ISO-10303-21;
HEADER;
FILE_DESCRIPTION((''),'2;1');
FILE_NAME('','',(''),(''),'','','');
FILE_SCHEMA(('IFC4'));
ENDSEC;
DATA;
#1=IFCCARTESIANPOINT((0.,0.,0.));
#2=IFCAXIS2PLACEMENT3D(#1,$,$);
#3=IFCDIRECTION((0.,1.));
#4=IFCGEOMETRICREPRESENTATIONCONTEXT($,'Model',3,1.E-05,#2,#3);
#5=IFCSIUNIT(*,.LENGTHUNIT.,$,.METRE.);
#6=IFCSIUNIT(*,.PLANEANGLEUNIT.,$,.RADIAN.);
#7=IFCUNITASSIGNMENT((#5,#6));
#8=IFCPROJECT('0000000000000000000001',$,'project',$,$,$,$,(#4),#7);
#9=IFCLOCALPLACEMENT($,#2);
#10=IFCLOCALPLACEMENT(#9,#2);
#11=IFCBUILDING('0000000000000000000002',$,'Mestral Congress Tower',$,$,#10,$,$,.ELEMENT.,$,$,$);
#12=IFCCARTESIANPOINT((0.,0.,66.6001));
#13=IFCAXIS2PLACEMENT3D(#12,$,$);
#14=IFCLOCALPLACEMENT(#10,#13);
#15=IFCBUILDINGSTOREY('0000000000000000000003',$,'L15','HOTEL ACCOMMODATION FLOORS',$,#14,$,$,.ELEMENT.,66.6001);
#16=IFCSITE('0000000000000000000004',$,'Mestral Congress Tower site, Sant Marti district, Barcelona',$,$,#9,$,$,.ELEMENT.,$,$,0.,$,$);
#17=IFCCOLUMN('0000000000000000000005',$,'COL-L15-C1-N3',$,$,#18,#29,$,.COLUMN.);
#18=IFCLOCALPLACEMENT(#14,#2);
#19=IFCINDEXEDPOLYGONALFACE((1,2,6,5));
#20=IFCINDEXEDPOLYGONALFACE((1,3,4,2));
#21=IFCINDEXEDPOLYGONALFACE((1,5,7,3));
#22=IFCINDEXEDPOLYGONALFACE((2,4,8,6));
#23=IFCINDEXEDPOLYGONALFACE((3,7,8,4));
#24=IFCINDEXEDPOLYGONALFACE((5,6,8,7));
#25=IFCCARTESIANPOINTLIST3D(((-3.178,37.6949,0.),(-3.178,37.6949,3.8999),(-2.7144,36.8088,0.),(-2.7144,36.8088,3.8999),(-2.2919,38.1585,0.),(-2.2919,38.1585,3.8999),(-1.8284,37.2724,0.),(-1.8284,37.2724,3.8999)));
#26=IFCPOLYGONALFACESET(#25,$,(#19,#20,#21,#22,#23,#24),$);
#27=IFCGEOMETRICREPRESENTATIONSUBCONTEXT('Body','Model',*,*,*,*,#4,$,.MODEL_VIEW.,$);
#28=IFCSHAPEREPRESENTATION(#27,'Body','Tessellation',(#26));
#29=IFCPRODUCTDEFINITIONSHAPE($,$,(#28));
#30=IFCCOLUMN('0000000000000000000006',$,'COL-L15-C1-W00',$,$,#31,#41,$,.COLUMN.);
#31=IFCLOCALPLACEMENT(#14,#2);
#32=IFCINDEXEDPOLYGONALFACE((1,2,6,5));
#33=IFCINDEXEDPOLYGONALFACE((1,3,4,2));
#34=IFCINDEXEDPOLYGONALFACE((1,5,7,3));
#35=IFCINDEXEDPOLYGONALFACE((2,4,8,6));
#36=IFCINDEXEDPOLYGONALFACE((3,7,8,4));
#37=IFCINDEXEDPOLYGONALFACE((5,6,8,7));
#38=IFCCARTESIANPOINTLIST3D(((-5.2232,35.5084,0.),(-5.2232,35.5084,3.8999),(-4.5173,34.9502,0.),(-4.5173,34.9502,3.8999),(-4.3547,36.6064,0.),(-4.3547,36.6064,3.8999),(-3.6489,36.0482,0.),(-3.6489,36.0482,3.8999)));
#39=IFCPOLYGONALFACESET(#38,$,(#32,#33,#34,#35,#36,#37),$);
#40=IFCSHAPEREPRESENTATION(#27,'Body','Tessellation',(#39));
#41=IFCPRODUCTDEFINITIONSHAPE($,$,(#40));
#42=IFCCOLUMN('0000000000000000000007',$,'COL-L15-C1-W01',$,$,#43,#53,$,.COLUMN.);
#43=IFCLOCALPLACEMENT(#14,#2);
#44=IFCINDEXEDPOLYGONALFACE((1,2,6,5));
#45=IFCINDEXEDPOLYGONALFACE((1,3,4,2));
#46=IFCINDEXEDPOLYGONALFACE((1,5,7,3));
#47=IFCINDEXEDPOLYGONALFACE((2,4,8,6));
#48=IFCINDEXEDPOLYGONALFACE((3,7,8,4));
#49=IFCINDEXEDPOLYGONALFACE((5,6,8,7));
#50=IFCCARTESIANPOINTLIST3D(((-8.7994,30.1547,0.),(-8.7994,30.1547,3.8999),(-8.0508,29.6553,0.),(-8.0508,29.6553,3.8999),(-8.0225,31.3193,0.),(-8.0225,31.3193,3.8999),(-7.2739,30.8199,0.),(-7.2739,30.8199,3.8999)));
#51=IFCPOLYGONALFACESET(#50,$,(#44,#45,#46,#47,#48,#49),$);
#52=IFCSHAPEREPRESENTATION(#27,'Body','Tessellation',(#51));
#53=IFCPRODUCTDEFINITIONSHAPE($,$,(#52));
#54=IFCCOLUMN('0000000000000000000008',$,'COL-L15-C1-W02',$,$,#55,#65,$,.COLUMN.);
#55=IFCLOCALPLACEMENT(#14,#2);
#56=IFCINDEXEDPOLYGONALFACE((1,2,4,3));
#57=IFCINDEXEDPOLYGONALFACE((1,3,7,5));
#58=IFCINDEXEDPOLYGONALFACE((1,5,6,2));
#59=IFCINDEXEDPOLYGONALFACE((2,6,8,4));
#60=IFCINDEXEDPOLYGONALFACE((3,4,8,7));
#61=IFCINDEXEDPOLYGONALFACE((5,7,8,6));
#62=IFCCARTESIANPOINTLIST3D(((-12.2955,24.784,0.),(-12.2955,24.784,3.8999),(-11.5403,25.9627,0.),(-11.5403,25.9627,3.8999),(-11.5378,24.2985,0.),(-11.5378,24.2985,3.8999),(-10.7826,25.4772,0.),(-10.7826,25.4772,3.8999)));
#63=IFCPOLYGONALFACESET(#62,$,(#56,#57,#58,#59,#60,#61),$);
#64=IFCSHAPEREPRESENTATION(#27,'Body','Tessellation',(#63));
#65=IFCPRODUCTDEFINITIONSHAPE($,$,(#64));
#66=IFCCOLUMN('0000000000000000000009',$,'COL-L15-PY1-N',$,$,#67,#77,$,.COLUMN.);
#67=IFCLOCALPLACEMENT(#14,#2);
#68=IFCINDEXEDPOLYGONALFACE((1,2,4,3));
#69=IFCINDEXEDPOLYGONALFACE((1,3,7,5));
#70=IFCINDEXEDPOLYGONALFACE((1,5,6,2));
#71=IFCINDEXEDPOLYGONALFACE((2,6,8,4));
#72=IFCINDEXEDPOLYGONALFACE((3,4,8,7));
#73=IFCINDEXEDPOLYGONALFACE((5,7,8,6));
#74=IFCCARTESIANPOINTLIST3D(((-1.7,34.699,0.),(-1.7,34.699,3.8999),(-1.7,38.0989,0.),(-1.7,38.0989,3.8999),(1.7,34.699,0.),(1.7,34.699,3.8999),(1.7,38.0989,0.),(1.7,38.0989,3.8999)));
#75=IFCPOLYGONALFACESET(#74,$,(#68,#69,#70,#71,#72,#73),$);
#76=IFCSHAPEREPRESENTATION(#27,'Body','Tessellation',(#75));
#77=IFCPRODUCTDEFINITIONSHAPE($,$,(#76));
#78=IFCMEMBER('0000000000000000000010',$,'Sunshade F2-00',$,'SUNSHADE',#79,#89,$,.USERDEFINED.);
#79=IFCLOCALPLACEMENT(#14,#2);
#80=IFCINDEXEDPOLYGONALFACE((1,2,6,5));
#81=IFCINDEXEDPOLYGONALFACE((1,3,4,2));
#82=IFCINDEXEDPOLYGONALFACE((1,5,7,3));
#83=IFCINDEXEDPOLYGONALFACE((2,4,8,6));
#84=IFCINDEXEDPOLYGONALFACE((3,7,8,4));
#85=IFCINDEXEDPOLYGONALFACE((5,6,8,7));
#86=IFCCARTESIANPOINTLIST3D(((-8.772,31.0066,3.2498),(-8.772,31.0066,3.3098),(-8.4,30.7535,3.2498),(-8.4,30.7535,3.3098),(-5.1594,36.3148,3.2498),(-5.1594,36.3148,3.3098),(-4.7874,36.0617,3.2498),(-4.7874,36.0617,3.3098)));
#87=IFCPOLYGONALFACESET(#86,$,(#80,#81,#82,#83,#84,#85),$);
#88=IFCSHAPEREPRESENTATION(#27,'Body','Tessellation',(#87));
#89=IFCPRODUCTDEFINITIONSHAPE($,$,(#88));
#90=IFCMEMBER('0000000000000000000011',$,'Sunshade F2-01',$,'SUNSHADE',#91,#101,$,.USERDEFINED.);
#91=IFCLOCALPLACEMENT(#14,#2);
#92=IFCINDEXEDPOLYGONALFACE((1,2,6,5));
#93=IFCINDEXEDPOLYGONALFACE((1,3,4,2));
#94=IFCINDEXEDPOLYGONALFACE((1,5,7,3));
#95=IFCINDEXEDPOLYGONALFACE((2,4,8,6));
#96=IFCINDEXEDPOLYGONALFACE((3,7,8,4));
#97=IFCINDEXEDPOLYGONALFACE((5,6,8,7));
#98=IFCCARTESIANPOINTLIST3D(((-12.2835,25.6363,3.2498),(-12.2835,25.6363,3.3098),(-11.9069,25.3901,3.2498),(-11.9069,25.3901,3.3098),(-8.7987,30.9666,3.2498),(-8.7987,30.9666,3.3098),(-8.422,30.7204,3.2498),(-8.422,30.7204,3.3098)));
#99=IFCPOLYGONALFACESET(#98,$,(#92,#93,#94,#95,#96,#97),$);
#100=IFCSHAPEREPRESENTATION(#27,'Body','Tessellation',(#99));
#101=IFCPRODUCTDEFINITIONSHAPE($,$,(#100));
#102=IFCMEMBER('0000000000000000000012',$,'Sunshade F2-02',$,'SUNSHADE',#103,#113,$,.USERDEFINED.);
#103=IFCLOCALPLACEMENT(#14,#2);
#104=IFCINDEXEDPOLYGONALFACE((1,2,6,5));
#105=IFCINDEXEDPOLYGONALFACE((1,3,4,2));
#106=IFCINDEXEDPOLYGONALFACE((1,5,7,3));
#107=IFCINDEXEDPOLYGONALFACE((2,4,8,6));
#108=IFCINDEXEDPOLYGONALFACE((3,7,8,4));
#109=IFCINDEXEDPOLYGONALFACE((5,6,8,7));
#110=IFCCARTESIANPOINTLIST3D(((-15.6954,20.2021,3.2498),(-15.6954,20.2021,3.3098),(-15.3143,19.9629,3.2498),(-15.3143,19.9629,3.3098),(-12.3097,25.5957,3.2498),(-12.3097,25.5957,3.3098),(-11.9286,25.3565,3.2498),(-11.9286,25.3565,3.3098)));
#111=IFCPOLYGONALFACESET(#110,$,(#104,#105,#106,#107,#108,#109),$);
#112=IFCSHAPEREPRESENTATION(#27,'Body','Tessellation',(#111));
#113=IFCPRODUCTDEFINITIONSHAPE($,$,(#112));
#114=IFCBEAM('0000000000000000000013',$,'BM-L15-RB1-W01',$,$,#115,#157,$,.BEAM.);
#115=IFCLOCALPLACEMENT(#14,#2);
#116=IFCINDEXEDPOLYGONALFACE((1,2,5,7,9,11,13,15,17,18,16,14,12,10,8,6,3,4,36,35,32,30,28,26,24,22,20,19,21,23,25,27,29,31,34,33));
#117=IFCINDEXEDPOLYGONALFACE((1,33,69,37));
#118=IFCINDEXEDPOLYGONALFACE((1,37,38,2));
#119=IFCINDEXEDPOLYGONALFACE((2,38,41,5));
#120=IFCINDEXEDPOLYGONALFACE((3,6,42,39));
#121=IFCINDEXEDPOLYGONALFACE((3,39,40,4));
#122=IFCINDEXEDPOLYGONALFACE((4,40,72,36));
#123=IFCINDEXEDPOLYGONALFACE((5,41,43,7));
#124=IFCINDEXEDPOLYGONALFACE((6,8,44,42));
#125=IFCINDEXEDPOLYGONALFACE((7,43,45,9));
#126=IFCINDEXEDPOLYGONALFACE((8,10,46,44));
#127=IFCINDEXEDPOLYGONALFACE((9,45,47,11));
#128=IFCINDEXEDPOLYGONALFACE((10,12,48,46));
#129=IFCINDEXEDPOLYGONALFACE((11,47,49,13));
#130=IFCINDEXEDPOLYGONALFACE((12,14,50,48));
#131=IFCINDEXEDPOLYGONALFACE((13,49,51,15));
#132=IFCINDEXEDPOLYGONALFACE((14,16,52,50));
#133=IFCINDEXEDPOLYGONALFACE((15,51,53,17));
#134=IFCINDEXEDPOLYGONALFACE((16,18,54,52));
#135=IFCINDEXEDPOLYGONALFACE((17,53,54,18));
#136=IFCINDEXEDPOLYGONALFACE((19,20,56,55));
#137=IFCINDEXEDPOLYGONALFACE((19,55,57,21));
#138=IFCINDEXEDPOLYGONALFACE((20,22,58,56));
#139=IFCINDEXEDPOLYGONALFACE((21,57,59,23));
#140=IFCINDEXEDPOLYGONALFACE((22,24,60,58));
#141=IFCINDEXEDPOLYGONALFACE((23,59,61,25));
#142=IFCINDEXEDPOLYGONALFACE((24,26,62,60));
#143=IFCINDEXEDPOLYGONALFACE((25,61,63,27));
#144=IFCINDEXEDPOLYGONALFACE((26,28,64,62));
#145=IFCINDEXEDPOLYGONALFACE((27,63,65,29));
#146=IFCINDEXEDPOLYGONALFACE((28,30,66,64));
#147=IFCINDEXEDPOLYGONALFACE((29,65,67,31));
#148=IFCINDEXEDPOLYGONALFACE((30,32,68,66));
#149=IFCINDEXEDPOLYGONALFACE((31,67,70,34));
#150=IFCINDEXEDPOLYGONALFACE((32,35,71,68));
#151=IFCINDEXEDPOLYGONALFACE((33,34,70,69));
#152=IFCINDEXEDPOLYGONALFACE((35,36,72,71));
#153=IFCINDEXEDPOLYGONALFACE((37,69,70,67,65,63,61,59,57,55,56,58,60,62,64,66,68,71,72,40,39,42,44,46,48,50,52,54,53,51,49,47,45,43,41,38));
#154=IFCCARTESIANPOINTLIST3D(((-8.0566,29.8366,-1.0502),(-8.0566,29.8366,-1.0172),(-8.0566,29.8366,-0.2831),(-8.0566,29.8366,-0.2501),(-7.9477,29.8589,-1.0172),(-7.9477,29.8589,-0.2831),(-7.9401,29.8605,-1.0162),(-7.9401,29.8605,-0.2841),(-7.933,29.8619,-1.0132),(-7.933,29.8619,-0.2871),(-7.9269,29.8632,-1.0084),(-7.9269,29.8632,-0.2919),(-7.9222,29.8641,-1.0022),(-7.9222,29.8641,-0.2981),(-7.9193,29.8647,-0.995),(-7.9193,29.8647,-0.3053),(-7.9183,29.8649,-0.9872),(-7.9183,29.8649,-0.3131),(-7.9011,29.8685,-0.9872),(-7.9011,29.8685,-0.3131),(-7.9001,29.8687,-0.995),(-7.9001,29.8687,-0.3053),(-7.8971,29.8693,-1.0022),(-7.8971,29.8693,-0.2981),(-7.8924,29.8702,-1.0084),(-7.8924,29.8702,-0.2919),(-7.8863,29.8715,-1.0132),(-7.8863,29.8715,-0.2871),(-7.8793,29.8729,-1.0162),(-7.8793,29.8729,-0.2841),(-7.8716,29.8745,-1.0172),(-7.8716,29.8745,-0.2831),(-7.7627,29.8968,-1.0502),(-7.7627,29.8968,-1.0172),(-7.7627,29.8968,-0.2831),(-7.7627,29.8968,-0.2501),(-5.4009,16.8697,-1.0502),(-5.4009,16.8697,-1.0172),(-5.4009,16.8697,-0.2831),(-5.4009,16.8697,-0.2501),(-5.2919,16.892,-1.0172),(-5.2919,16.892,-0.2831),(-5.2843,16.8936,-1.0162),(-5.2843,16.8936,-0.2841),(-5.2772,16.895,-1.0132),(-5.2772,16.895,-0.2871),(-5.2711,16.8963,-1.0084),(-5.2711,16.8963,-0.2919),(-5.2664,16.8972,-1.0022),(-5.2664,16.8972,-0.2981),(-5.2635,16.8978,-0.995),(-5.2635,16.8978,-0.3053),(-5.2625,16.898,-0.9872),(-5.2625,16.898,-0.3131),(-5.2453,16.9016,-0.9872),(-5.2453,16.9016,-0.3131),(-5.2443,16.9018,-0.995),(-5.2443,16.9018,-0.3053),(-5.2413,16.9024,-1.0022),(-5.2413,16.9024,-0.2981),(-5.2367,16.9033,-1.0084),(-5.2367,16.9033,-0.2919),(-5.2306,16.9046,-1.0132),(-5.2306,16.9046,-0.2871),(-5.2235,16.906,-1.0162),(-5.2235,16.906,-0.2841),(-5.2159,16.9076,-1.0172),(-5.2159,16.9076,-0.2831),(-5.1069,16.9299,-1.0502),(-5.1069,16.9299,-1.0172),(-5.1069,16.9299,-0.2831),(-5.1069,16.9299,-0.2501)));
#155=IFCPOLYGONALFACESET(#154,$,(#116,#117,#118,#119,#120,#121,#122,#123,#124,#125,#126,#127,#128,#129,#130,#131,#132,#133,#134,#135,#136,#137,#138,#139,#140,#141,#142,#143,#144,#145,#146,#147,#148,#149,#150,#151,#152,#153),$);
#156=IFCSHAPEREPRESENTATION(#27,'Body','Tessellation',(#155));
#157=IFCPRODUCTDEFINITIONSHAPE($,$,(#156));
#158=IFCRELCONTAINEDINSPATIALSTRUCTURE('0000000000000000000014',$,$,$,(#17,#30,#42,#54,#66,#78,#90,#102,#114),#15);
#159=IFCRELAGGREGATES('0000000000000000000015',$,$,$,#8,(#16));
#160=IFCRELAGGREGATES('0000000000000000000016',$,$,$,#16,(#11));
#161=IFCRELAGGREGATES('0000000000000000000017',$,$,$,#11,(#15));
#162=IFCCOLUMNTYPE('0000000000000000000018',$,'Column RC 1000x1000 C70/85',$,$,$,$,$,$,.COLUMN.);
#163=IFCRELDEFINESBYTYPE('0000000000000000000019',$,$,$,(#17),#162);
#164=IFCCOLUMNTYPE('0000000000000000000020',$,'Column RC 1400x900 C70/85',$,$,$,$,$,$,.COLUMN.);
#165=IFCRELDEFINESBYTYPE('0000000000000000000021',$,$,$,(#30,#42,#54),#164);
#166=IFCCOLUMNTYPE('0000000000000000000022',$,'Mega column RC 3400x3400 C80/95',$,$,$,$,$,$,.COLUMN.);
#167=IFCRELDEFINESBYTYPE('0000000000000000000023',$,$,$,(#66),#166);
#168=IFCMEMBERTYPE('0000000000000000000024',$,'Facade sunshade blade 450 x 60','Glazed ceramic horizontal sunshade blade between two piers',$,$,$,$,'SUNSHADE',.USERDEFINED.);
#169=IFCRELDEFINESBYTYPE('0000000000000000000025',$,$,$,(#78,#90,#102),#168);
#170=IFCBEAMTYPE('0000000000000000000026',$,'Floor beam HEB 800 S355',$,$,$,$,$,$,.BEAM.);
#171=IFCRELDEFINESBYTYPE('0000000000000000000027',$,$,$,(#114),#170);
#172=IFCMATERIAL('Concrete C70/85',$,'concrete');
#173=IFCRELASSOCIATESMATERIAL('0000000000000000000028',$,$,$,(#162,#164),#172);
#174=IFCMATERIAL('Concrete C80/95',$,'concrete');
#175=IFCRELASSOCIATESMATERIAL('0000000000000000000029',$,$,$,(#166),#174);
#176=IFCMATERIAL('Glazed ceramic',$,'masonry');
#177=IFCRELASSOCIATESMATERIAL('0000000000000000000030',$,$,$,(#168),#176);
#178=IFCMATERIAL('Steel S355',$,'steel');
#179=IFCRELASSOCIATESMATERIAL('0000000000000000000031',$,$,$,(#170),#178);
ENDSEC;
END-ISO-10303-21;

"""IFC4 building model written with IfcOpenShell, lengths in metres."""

from ifc_helpers import new_model, si_unit, direction, frame, origin, origin_2d, place, context, subcontext, project, spatial, rectangle, i_section, extrude, material, material_profile, profile_set, type_object, element, save


model = new_model("IFC4")

# Units and contexts
model_context = context("Model", 3, precision=1e-05, world=origin(), true_north=direction((0.0, 1.0)))
body_context = subcontext(model_context, "Body", "Model", "MODEL_VIEW")
ifc_project = project(units=[si_unit("LENGTHUNIT", "METRE"), si_unit("PLANEANGLEUNIT", "RADIAN")], contexts=[model_context])

# Site, building, storey
site_placement = place(None, origin())
site = spatial("IfcSite", under=ifc_project, at=site_placement, Name="Mestral Congress Tower site, Sant Marti district, Barcelona", CompositionType="ELEMENT", RefElevation=0.0)
building_placement = place(site_placement, origin())
building = spatial("IfcBuilding", under=site, at=building_placement, Name="Mestral Congress Tower", CompositionType="ELEMENT")
storey_placement = place(building_placement, frame((0.0, 0.0, 66.6001)))
storey = spatial("IfcBuildingStorey", under=building, at=storey_placement, Name="L15", Description="HOTEL ACCOMMODATION FLOORS", CompositionType="ELEMENT", Elevation=66.6001)

# Columns
ifc_material_1 = material(Name="Concrete C70/85", Category="concrete")
ifc_material_profile_1 = material_profile(ifc_material_1, rectangle(XDim=1.0, YDim=1.0, at=origin_2d()), Name="RC 1000x1000")
ifc_profile_set_1 = profile_set([ifc_material_profile_1], Name="Concrete C70/85")
column_type_1 = type_object("IfcColumnType", Name="Column RC 1000x1000 C70/85", PredefinedType="COLUMN", material=ifc_profile_set_1)
column_1_placement = place(storey_placement, frame((-2.5032, 37.4836, 0.0), z_axis=(0.0, 0.0, 1.0), x_axis=(-0.886068, -0.463556, 0.0)))
element("IfcColumn", 1, at=column_1_placement, inside=storey, type_object=column_type_1, Name="COL-L15-C1-N3", PredefinedType="COLUMN", context=body_context, shape_type="SweptSolid", body=[
    extrude(rectangle(XDim=1.0, YDim=1.0, at=origin_2d()), origin(), (0.0, 0.0, 1.0), 3.8999),
])
ifc_material_profile_2 = material_profile(ifc_material_1, rectangle(XDim=1.3999, YDim=0.8999, at=origin_2d()), Name="RC 1400x900")
ifc_profile_set_2 = profile_set([ifc_material_profile_2], Name="Concrete C70/85")
column_type_2 = type_object("IfcColumnType", Name="Column RC 1400x900 C70/85", PredefinedType="COLUMN", material=ifc_profile_set_2)
for number, where, z_axis, x_axis, name in (
    (2, (-4.436, 35.7783, 0.0), (0.0, 0.0, 1.0), (-0.620334, -0.784338, 0.0), "COL-L15-C1-W00"),
    (3, (-8.0366, 30.4873, 0.0), (0.0, 0.0, 1.0), (-0.554949, -0.831884, 0.0), "COL-L15-C1-W01"),
    (4, (-11.5391, 25.1306, 0.0), (0.0, 0.0, 1.0), (-0.539476, -0.842001, 0.0), "COL-L15-C1-W02"),
):
    element("IfcColumn", number, at=place(storey_placement, frame(where, z_axis=z_axis, x_axis=x_axis)), inside=storey, type_object=column_type_2, Name=name, PredefinedType="COLUMN", context=body_context, shape_type="SweptSolid", body=[
        extrude(rectangle(XDim=1.3999, YDim=0.8999, at=origin_2d()), origin(), (0.0, 0.0, 1.0), 3.8999),
    ])
ifc_material_2 = material(Name="Concrete C80/95", Category="concrete")
ifc_material_profile_3 = material_profile(ifc_material_2, rectangle(XDim=3.3999, YDim=3.3999, at=origin_2d()), Name="RC 3400x3400")
ifc_profile_set_3 = profile_set([ifc_material_profile_3], Name="Concrete C80/95")
column_type_3 = type_object("IfcColumnType", Name="Mega column RC 3400x3400 C80/95", PredefinedType="COLUMN", material=ifc_profile_set_3)
column_2_placement = place(storey_placement, frame((0.0, 36.3989, 0.0), z_axis=(0.0, 0.0, 1.0), x_axis=(0.0, 1.0, 0.0)))
element("IfcColumn", 5, at=column_2_placement, inside=storey, type_object=column_type_3, Name="COL-L15-PY1-N", PredefinedType="COLUMN", context=body_context, shape_type="SweptSolid", body=[
    extrude(rectangle(XDim=3.3999, YDim=3.3999, at=origin_2d()), origin(), (0.0, 0.0, 1.0), 3.8999),
])

# Members
ifc_material_3 = material(Name="Glazed ceramic", Category="masonry")
ifc_material_profile_4 = material_profile(ifc_material_3, rectangle(XDim=0.45, YDim=0.0601, at=origin_2d()), Name="Ceramic blade 450 x 60")
ifc_profile_set_4 = profile_set([ifc_material_profile_4], Name="Glazed ceramic")
member_type = type_object("IfcMemberType", Name="Facade sunshade blade 450 x 60", Description="Glazed ceramic horizontal sunshade blade between two piers", ElementType="SUNSHADE", PredefinedType="USERDEFINED", material=ifc_profile_set_4)
member_1_placement = place(storey_placement, frame((-4.9734, 36.1882, 3.2798), z_axis=(-0.562633, -0.826706, 0.0), x_axis=(0.826706, -0.562633, 0.0)))
element("IfcMember", 6, at=member_1_placement, inside=storey, type_object=member_type, Name="Sunshade F2-00", ObjectType="SUNSHADE", PredefinedType="USERDEFINED", context=body_context, shape_type="SweptSolid", body=[
    extrude(rectangle(XDim=0.45, YDim=0.0601, at=origin_2d()), origin(), (0.0, 0.0, 1.0), 6.4209),
])
member_2_placement = place(storey_placement, frame((-8.6104, 30.8435, 3.2798), z_axis=(-0.547211, -0.836995, 0.0), x_axis=(0.836995, -0.547211, 0.0)))
element("IfcMember", 7, at=member_2_placement, inside=storey, type_object=member_type, Name="Sunshade F2-01", ObjectType="SUNSHADE", PredefinedType="USERDEFINED", context=body_context, shape_type="SweptSolid", body=[
    extrude(rectangle(XDim=0.45, YDim=0.0601, at=origin_2d()), origin(), (0.0, 0.0, 1.0), 6.3684),
])
member_3_placement = place(storey_placement, frame((-12.1191, 25.4761, 3.2798), z_axis=(-0.531666, -0.846954, 0.0), x_axis=(0.846954, -0.531666, 0.0)))
element("IfcMember", 8, at=member_3_placement, inside=storey, type_object=member_type, Name="Sunshade F2-02", ObjectType="SUNSHADE", PredefinedType="USERDEFINED", context=body_context, shape_type="SweptSolid", body=[
    extrude(rectangle(XDim=0.45, YDim=0.0601, at=origin_2d()), origin(), (0.0, 0.0, 1.0), 6.3682),
])

# Beam
ifc_material_4 = material(Name="Steel S355", Category="steel")
ifc_material_profile_5 = material_profile(ifc_material_4, i_section(OverallWidth=0.3, OverallDepth=0.8, WebThickness=0.0176, FlangeThickness=0.033, FilletRadius=0.03, at=origin_2d()), Name="HEB 800")
ifc_profile_set_5 = profile_set([ifc_material_profile_5], Name="Steel S355")
beam_type_1 = type_object("IfcBeamType", Name="Floor beam HEB 800 S355", PredefinedType="BEAM", material=ifc_profile_set_5)
beam_1_placement = place(storey_placement, frame((-7.9097, 29.8667, -0.6501), z_axis=(0.200647, -0.979664, 0.0), x_axis=(0.979664, 0.200647, 0.0)))
element("IfcBeam", 9, at=beam_1_placement, inside=storey, type_object=beam_type_1, Name="BM-L15-RB1-W01", PredefinedType="BEAM", context=body_context, shape_type="SweptSolid", body=[
    extrude(i_section(OverallWidth=0.3, OverallDepth=0.8, WebThickness=0.0176, FlangeThickness=0.033, FilletRadius=0.03, at=origin_2d()), origin(), (0.0, 0.0, 1.0), 13.2361),
])

save(model, "model.ifc")
